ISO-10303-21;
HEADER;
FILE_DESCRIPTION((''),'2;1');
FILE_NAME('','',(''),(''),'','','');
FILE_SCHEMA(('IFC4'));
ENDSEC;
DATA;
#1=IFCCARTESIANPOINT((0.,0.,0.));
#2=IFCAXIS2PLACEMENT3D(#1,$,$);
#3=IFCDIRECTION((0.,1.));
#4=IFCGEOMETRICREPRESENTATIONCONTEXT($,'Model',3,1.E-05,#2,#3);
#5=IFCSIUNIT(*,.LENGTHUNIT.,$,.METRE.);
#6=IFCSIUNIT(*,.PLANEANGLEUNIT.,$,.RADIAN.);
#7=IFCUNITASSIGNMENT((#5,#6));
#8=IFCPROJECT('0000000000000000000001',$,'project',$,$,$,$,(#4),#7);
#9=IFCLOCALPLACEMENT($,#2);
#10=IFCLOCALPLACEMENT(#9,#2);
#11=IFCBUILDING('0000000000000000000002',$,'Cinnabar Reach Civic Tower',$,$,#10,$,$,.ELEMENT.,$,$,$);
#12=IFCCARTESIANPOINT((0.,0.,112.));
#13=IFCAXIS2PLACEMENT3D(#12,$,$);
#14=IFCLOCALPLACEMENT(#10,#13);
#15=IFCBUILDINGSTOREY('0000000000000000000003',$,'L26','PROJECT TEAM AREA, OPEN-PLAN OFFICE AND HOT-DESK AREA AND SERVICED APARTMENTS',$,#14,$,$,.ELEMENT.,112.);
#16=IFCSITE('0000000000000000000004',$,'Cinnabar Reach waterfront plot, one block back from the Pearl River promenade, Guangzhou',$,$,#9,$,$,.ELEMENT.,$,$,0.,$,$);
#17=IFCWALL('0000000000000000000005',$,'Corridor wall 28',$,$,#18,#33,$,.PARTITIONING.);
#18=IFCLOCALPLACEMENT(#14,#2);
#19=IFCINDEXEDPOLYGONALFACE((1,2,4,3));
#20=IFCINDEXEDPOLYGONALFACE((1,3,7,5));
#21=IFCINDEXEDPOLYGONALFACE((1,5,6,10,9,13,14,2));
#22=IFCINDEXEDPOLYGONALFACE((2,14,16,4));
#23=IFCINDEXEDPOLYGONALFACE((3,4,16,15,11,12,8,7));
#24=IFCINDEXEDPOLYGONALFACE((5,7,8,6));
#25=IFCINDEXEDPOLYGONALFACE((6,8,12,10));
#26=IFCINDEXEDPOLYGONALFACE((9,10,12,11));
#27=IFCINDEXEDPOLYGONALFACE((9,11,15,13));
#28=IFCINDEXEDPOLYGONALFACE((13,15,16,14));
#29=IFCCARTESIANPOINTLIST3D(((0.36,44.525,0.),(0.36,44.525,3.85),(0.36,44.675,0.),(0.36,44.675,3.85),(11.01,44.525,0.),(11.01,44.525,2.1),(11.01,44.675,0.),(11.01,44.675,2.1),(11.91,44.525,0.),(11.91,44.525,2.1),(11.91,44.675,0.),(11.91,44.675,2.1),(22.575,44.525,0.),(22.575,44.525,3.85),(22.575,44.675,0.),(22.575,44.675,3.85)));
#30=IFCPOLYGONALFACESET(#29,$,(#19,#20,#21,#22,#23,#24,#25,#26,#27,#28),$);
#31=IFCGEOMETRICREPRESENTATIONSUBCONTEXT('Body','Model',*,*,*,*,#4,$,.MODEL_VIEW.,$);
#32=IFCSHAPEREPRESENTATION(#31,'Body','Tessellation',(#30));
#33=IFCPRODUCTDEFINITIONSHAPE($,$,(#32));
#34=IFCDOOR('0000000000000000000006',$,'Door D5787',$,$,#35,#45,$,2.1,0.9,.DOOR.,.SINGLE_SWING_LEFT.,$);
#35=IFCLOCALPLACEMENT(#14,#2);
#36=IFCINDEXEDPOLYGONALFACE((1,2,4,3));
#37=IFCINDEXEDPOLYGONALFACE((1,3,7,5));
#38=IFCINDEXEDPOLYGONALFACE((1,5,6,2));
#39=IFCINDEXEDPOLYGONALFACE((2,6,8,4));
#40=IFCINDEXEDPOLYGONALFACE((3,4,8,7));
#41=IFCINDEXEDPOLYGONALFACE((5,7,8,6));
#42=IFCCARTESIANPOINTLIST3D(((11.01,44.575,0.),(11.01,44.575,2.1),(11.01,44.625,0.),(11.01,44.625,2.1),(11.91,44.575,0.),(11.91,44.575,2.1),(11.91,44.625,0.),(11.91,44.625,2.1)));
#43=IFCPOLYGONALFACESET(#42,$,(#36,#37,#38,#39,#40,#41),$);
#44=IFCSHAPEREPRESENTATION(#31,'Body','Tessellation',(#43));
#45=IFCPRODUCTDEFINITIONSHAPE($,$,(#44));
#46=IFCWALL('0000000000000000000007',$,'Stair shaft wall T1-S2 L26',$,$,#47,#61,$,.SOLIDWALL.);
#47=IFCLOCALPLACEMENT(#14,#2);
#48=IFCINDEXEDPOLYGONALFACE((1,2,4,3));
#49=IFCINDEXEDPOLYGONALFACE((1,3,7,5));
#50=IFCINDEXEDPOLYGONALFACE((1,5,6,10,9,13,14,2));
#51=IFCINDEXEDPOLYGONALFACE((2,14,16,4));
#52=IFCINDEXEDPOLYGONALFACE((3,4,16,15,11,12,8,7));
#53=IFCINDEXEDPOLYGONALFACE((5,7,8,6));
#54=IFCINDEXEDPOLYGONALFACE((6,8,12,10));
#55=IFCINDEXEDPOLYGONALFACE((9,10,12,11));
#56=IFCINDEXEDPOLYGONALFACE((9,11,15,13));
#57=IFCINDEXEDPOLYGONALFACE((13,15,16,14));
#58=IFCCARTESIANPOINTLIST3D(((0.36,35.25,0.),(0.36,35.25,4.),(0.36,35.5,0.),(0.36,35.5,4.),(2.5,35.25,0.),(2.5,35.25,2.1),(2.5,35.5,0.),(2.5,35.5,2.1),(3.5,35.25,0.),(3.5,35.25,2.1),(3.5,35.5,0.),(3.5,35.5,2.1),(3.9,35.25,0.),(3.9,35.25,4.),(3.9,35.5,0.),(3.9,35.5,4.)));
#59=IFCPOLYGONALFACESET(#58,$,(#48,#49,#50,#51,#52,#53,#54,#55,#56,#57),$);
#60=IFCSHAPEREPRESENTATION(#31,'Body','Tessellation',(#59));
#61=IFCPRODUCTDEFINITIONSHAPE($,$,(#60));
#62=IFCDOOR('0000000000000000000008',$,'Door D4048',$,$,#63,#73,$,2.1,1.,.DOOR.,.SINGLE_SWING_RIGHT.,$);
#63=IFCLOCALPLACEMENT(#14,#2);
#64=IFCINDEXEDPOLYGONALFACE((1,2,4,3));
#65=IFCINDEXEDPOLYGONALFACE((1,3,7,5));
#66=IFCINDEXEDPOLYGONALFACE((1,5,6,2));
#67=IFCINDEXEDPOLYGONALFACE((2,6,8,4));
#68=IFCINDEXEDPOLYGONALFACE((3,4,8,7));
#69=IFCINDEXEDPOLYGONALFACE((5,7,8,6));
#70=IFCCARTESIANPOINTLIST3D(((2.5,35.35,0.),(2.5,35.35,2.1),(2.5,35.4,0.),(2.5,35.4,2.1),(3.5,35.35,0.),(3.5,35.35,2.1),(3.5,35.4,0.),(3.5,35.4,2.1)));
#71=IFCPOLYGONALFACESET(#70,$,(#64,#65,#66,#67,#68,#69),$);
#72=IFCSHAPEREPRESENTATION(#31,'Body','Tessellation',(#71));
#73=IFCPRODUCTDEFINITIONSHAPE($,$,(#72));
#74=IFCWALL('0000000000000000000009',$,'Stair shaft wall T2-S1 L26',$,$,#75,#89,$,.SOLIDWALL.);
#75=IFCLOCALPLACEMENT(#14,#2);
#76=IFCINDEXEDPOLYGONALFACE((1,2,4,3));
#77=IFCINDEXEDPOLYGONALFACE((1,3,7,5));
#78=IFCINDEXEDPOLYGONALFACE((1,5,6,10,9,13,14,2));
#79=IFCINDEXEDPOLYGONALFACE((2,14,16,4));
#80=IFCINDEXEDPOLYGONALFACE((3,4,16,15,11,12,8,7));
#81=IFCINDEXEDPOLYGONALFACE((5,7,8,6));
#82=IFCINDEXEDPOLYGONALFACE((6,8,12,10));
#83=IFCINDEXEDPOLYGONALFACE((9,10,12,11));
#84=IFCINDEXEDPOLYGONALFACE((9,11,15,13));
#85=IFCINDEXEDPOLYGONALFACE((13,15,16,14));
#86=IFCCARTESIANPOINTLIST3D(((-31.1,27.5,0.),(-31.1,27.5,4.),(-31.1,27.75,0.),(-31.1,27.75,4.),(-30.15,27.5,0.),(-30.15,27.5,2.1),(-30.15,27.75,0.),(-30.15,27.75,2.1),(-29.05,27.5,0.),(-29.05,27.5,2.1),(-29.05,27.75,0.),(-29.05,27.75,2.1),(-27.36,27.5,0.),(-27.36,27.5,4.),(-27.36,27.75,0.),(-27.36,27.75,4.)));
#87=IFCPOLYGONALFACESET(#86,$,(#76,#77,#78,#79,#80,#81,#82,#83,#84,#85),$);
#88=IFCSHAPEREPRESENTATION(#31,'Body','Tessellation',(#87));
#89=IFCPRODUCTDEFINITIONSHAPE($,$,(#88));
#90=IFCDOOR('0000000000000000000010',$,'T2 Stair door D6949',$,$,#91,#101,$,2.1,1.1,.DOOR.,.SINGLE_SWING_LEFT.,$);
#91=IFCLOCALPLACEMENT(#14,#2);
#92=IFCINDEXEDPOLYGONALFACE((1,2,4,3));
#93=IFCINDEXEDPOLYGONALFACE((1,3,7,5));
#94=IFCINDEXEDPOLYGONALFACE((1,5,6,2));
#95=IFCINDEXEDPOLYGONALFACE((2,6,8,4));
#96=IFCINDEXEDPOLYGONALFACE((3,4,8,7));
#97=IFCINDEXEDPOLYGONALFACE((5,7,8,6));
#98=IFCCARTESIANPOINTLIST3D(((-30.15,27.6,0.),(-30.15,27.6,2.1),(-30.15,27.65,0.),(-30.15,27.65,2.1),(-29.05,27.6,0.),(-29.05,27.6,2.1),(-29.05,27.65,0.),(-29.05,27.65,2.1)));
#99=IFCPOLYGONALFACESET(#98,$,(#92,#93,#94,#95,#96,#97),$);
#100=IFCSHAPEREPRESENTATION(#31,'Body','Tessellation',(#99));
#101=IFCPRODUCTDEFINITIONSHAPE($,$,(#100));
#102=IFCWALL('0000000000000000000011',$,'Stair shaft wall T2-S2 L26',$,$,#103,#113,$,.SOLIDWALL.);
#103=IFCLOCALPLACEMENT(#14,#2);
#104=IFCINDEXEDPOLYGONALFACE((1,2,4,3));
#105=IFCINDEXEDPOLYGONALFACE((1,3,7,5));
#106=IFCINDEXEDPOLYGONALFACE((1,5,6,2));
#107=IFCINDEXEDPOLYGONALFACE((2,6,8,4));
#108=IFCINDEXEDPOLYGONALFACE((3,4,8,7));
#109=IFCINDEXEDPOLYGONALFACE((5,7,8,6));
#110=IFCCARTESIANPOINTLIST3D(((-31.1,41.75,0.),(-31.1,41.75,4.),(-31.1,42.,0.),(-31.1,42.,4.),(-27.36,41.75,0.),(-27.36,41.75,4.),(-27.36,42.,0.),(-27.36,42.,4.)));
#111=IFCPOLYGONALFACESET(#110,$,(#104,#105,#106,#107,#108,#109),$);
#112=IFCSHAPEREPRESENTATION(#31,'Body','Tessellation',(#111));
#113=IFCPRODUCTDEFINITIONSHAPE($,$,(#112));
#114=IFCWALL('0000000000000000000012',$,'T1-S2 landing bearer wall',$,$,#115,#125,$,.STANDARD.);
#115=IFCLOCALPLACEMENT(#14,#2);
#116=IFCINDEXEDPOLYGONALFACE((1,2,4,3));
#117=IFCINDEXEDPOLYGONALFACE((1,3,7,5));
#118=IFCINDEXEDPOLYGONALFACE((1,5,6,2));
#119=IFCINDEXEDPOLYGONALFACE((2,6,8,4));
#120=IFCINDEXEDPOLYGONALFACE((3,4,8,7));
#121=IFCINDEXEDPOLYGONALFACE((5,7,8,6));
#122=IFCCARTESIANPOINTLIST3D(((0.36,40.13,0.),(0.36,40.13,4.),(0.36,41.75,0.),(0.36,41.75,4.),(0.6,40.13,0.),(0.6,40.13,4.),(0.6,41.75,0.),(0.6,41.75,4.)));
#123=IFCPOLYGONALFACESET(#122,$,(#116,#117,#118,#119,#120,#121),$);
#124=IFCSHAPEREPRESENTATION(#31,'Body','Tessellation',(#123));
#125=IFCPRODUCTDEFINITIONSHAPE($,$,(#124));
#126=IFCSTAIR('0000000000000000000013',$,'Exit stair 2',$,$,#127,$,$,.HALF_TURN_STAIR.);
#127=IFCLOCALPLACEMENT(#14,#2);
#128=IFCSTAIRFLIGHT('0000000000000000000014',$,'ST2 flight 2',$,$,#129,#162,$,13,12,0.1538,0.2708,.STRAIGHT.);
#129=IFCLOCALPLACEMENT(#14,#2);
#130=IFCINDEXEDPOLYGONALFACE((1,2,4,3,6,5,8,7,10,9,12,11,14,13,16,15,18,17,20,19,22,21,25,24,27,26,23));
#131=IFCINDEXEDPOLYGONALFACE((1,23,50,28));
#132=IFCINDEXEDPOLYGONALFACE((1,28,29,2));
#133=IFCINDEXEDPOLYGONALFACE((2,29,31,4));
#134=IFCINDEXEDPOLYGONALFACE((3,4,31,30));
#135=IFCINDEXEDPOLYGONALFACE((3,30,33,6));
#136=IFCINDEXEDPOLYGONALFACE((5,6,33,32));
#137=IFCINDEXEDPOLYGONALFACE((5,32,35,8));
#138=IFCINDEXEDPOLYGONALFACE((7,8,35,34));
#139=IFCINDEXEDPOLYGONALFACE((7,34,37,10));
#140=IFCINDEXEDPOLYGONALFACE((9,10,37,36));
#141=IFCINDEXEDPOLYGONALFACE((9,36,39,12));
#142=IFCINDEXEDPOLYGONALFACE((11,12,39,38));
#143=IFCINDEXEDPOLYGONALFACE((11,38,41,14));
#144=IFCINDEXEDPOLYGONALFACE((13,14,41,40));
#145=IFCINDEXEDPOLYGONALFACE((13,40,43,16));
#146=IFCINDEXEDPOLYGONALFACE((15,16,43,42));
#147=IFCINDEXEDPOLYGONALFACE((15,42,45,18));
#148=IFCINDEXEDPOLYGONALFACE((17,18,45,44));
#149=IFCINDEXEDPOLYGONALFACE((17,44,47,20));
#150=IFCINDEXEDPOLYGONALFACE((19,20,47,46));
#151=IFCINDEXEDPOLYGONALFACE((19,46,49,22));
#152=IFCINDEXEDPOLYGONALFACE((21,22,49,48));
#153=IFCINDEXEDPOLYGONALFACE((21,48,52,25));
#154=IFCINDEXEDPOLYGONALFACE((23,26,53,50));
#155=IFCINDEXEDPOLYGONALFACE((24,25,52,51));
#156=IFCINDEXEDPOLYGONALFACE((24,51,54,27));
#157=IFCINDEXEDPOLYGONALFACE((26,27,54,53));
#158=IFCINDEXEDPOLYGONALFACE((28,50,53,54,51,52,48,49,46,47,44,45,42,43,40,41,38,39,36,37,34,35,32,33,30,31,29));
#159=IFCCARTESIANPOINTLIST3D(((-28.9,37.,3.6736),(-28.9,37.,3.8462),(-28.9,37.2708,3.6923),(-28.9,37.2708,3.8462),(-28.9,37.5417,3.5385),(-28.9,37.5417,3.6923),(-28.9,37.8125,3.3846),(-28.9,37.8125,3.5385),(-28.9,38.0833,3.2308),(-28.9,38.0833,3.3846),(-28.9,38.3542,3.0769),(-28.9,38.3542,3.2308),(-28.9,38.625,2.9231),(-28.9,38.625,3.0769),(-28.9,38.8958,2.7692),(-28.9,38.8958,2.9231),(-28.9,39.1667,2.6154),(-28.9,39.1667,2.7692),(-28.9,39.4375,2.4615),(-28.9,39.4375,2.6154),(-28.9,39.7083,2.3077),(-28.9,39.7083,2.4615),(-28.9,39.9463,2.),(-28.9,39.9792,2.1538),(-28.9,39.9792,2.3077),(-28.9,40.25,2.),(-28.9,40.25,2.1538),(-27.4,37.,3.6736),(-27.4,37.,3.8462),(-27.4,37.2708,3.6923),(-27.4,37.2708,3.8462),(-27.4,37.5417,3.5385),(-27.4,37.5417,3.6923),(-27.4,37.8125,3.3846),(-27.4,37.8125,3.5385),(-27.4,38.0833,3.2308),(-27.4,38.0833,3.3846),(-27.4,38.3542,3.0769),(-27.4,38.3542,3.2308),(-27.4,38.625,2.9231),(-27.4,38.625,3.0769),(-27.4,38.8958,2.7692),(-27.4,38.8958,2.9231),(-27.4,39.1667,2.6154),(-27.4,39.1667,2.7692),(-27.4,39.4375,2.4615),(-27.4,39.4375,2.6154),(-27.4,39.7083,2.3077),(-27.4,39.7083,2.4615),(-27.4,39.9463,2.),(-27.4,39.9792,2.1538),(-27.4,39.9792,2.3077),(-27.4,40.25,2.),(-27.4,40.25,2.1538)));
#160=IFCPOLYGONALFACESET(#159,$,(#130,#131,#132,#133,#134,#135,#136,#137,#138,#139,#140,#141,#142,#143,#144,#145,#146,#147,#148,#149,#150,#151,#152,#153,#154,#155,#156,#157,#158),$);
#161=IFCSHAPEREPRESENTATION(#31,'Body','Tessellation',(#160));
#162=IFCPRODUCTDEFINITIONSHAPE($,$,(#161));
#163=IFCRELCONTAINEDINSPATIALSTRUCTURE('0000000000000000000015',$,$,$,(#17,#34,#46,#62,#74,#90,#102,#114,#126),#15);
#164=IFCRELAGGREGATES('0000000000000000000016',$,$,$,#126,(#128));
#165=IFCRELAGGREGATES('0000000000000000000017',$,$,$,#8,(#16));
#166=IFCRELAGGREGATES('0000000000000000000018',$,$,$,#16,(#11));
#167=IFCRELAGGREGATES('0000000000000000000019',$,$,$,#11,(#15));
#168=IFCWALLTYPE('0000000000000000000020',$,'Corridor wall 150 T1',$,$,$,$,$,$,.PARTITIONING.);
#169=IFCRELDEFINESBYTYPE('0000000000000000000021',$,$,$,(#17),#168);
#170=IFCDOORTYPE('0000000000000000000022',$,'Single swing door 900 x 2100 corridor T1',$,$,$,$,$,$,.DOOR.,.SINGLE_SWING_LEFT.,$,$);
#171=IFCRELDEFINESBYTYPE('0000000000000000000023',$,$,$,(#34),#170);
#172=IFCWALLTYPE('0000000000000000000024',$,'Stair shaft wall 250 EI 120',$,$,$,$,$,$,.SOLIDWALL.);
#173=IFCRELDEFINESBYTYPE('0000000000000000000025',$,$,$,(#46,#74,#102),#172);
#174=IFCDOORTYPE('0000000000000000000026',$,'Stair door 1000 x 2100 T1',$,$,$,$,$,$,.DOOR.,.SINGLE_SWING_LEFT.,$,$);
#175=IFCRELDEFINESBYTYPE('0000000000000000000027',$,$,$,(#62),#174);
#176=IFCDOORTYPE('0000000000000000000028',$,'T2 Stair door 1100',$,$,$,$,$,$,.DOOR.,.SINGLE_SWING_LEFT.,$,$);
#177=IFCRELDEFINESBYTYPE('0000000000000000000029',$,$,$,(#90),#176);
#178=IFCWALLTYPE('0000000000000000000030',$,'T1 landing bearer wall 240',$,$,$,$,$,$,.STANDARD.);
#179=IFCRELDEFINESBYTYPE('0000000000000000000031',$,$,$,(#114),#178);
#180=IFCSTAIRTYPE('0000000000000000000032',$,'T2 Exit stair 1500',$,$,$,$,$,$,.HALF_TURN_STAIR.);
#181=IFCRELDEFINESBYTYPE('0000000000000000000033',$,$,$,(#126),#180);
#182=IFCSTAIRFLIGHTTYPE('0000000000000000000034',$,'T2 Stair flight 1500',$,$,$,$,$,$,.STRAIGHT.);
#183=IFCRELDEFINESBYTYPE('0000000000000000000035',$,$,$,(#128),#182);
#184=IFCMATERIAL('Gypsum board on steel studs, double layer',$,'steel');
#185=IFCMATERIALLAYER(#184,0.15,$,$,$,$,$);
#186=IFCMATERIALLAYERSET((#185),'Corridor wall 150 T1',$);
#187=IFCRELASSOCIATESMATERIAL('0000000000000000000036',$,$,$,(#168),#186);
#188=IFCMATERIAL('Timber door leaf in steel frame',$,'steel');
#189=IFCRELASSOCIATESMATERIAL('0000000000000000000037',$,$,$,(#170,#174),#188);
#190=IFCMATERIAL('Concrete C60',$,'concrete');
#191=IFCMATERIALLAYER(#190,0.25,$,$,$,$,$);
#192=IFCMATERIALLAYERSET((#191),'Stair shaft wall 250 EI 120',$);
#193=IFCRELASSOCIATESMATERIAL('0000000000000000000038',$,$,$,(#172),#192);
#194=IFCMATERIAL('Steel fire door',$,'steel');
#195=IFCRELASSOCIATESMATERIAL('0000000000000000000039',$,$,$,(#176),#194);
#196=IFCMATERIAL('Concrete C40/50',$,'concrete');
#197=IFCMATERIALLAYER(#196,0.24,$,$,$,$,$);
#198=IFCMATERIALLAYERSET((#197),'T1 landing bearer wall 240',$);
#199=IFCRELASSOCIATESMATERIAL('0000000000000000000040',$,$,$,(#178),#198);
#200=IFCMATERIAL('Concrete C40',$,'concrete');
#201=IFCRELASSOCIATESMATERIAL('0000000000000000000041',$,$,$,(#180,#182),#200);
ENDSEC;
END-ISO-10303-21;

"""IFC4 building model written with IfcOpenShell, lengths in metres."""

from ifc_helpers import new_model, si_unit, direction, frame, frame_2d, origin, place, context, subcontext, project, spatial, polyline, rectangle, outline, extrude, material, layer, layer_set, type_object, element, fill, aggregate, save


model = new_model("IFC4")

# Units and contexts
model_context = context("Model", 3, precision=1e-05, world=origin(), true_north=direction((0.0, 1.0)))
body_context = subcontext(model_context, "Body", "Model", "MODEL_VIEW")
ifc_project = project(units=[si_unit("LENGTHUNIT", "METRE"), si_unit("PLANEANGLEUNIT", "RADIAN")], contexts=[model_context])

# Site, building, storey
site_placement = place(None, origin())
site = spatial("IfcSite", under=ifc_project, at=site_placement, Name="Cinnabar Reach waterfront plot, one block back from the Pearl River promenade, Guangzhou", CompositionType="ELEMENT", RefElevation=0.0)
building_placement = place(site_placement, origin())
building = spatial("IfcBuilding", under=site, at=building_placement, Name="Cinnabar Reach Civic Tower", CompositionType="ELEMENT")
storey_placement = place(building_placement, frame((0.0, 0.0, 112.0)))
storey = spatial("IfcBuildingStorey", under=building, at=storey_placement, Name="L26", Description="PROJECT TEAM AREA, OPEN-PLAN OFFICE AND HOT-DESK AREA AND SERVICED APARTMENTS", CompositionType="ELEMENT", Elevation=112.0)

# Shared definitions
ifc_material_1 = material(Name="Concrete C60", Category="concrete")

# Shared definitions
ifc_material_2 = material(Name="Concrete C40", Category="concrete")

# Walls, openings, doors
ifc_material_3 = material(Name="Gypsum board on steel studs, double layer", Category="steel")
ifc_layer_1 = layer(ifc_material_3, 0.15)
ifc_layer_set_1 = layer_set([ifc_layer_1], Name="Corridor wall 150 T1")
wall_type_1 = type_object("IfcWallType", Name="Corridor wall 150 T1", PredefinedType="PARTITIONING", material=ifc_layer_set_1)
wall_1_placement = place(storey_placement, frame((0.36, 44.6, 0.0), z_axis=(0.0, 0.0, 1.0), x_axis=(1.0, 0.0, 0.0)))
wall_1 = element("IfcWall", 1, at=wall_1_placement, inside=storey, type_object=wall_type_1, Name="Corridor wall 28", PredefinedType="PARTITIONING", context=body_context, shape_type="SweptSolid", body=[
    extrude(rectangle(XDim=22.215, YDim=0.15, at=frame_2d((11.1075, 0.0))), origin(), (0.0, 0.0, 1.0), 3.85),
])
opening_1_placement = place(wall_1_placement, frame((10.65, 0.0, 0.0)))
opening_1 = element("IfcOpeningElement", 2, at=opening_1_placement, cuts=wall_1, PredefinedType="OPENING", context=body_context, shape_type="SweptSolid", body=[
    extrude(rectangle(XDim=0.9, YDim=2.1, at=frame_2d((0.45, 1.05))), frame((0.0, 0.085, 0.0), z_axis=(0.0, -1.0, 0.0), x_axis=(1.0, 0.0, 0.0)), (0.0, 0.0, 1.0), 0.17),
])
ifc_material_4 = material(Name="Timber door leaf in steel frame", Category="steel")
door_type_1 = type_object("IfcDoorType", Name="Single swing door 900 x 2100 corridor T1", OperationType="SINGLE_SWING_LEFT", PredefinedType="DOOR", material=ifc_material_4)
door_1_placement = place(opening_1_placement, frame((0.9, 0.0, 0.0), z_axis=(0.0, 0.0, 1.0), x_axis=(-1.0, 0.0, 0.0)))
door_1 = element("IfcDoor", 3, at=door_1_placement, inside=storey, type_object=door_type_1, Name="Door D5787", OperationType="SINGLE_SWING_LEFT", OverallHeight=2.1, OverallWidth=0.9, PredefinedType="DOOR", context=body_context, shape_type="SweptSolid", body=[
    extrude(rectangle(XDim=0.9, YDim=2.1, at=frame_2d((0.45, 1.05))), frame((0.0, 0.025, 0.0), z_axis=(0.0, -1.0, 0.0), x_axis=(1.0, 0.0, 0.0)), (0.0, 0.0, 1.0), 0.05),
])
fill(opening_1, door_1)
ifc_layer_2 = layer(ifc_material_1, 0.25)
ifc_layer_set_2 = layer_set([ifc_layer_2], Name="Stair shaft wall 250 EI 120")
wall_type_2 = type_object("IfcWallType", Name="Stair shaft wall 250 EI 120", PredefinedType="SOLIDWALL", material=ifc_layer_set_2)
wall_2_placement = place(storey_placement, frame((0.36, 35.375, 0.0), z_axis=(0.0, 0.0, 1.0), x_axis=(1.0, 0.0, 0.0)))
wall_2 = element("IfcWall", 4, at=wall_2_placement, inside=storey, type_object=wall_type_2, Name="Stair shaft wall T1-S2 L26", PredefinedType="SOLIDWALL", context=body_context, shape_type="SweptSolid", body=[
    extrude(rectangle(XDim=3.54, YDim=0.25, at=frame_2d((1.77, 0.0))), origin(), (0.0, 0.0, 1.0), 4.0),
])
opening_2_placement = place(wall_2_placement, frame((2.14, 0.0, 0.0)))
opening_2 = element("IfcOpeningElement", 5, at=opening_2_placement, cuts=wall_2, PredefinedType="OPENING", context=body_context, shape_type="SweptSolid", body=[
    extrude(rectangle(XDim=1.0, YDim=2.1, at=frame_2d((0.5, 1.05))), frame((0.0, 0.135, 0.0), z_axis=(0.0, -1.0, 0.0), x_axis=(1.0, 0.0, 0.0)), (0.0, 0.0, 1.0), 0.27),
])
door_type_2 = type_object("IfcDoorType", Name="Stair door 1000 x 2100 T1", OperationType="SINGLE_SWING_LEFT", PredefinedType="DOOR", material=ifc_material_4)
door_2_placement = place(opening_2_placement, origin())
door_2 = element("IfcDoor", 6, at=door_2_placement, inside=storey, type_object=door_type_2, Name="Door D4048", OperationType="SINGLE_SWING_RIGHT", OverallHeight=2.1, OverallWidth=1.0, PredefinedType="DOOR", context=body_context, shape_type="SweptSolid", body=[
    extrude(rectangle(XDim=1.0, YDim=2.1, at=frame_2d((0.5, 1.05))), frame((0.0, 0.025, 0.0), z_axis=(0.0, -1.0, 0.0), x_axis=(1.0, 0.0, 0.0)), (0.0, 0.0, 1.0), 0.05),
])
fill(opening_2, door_2)
wall_3_placement = place(storey_placement, frame((-27.36, 27.625, 0.0), z_axis=(0.0, 0.0, 1.0), x_axis=(-1.0, 0.0, 0.0)))
wall_3 = element("IfcWall", 7, at=wall_3_placement, inside=storey, type_object=wall_type_2, Name="Stair shaft wall T2-S1 L26", PredefinedType="SOLIDWALL", context=body_context, shape_type="SweptSolid", body=[
    extrude(rectangle(XDim=3.74, YDim=0.25, at=frame_2d((1.87, 0.0))), origin(), (0.0, 0.0, 1.0), 4.0),
])
opening_3_placement = place(wall_3_placement, frame((1.69, 0.0, 0.0)))
opening_3 = element("IfcOpeningElement", 8, at=opening_3_placement, cuts=wall_3, PredefinedType="OPENING", context=body_context, shape_type="SweptSolid", body=[
    extrude(rectangle(XDim=1.1, YDim=2.1, at=frame_2d((0.55, 1.05))), frame((0.0, 0.135, 0.0), z_axis=(0.0, -1.0, 0.0), x_axis=(1.0, 0.0, 0.0)), (0.0, 0.0, 1.0), 0.27),
])
ifc_material_5 = material(Name="Steel fire door", Category="steel")
door_type_3 = type_object("IfcDoorType", Name="T2 Stair door 1100", OperationType="SINGLE_SWING_LEFT", PredefinedType="DOOR", material=ifc_material_5)
door_3_placement = place(opening_3_placement, origin())
door_3 = element("IfcDoor", 9, at=door_3_placement, inside=storey, type_object=door_type_3, Name="T2 Stair door D6949", OperationType="SINGLE_SWING_LEFT", OverallHeight=2.1, OverallWidth=1.1, PredefinedType="DOOR", context=body_context, shape_type="SweptSolid", body=[
    extrude(rectangle(XDim=1.1, YDim=2.1, at=frame_2d((0.55, 1.05))), frame((0.0, 0.025, 0.0), z_axis=(0.0, -1.0, 0.0), x_axis=(1.0, 0.0, 0.0)), (0.0, 0.0, 1.0), 0.05),
])
fill(opening_3, door_3)

# Walls
wall_4_placement = place(storey_placement, frame((-27.36, 41.875, 0.0), z_axis=(0.0, 0.0, 1.0), x_axis=(-1.0, 0.0, 0.0)))
element("IfcWall", 10, at=wall_4_placement, inside=storey, type_object=wall_type_2, Name="Stair shaft wall T2-S2 L26", PredefinedType="SOLIDWALL", context=body_context, shape_type="SweptSolid", body=[
    extrude(rectangle(XDim=3.74, YDim=0.25, at=frame_2d((1.87, 0.0))), origin(), (0.0, 0.0, 1.0), 4.0),
])
ifc_material_6 = material(Name="Concrete C40/50", Category="concrete")
ifc_layer_3 = layer(ifc_material_6, 0.24)
ifc_layer_set_3 = layer_set([ifc_layer_3], Name="T1 landing bearer wall 240")
wall_type_3 = type_object("IfcWallType", Name="T1 landing bearer wall 240", PredefinedType="STANDARD", material=ifc_layer_set_3)
wall_5_placement = place(storey_placement, frame((0.48, 40.13, 0.0), z_axis=(0.0, 0.0, 1.0), x_axis=(0.0, 1.0, 0.0)))
element("IfcWall", 11, at=wall_5_placement, inside=storey, type_object=wall_type_3, Name="T1-S2 landing bearer wall", PredefinedType="STANDARD", context=body_context, shape_type="SweptSolid", body=[
    extrude(rectangle(XDim=1.62, YDim=0.24, at=frame_2d((0.81, 0.0))), origin(), (0.0, 0.0, 1.0), 4.0),
])

# Stair, stair flight
stair_type = type_object("IfcStairType", Name="T2 Exit stair 1500", PredefinedType="HALF_TURN_STAIR", material=ifc_material_2)
stair_placement = place(storey_placement, origin())
stair = element("IfcStair", 12, at=stair_placement, inside=storey, type_object=stair_type, Name="Exit stair 2", PredefinedType="HALF_TURN_STAIR")
stair_flight_type = type_object("IfcStairFlightType", Name="T2 Stair flight 1500", PredefinedType="STRAIGHT", material=ifc_material_2)
stair_flight_placement = place(storey_placement, frame((-28.15, 40.25, 2.0), z_axis=(0.0, 0.0, 1.0), x_axis=(0.0, -1.0, 0.0)))
stair_flight = element("IfcStairFlight", 13, at=stair_flight_placement, type_object=stair_flight_type, Name="ST2 flight 2", NumberOfRisers=13, NumberOfTreads=12, PredefinedType="STRAIGHT", RiserHeight=0.1538, TreadLength=0.2708, context=body_context, shape_type="SweptSolid", body=[
    extrude(outline(polyline([(0.0, 0.0), (0.0, 0.1538), (0.2708, 0.1538), (0.2708, 0.3077), (0.5417, 0.3077), (0.5417, 0.4615), (0.8125, 0.4615), (0.8125, 0.6154), (1.0833, 0.6154), (1.0833, 0.7692), (1.3542, 0.7692), (1.3542, 0.9231), (1.625, 0.9231), (1.625, 1.0769), (1.8958, 1.0769), (1.8958, 1.2308), (2.1667, 1.2308), (2.1667, 1.3846), (2.4375, 1.3846), (2.4375, 1.5385), (2.7083, 1.5385), (2.7083, 1.6923), (2.9792, 1.6923), (2.9792, 1.8462), (3.25, 1.8462), (3.25, 2.0), (3.25, 1.6736), (0.3037, 0.0), (0.0, 0.0)])), frame((0.0, 0.75, 0.0), z_axis=(0.0, -1.0, 0.0), x_axis=(1.0, 0.0, 0.0)), (0.0, 0.0, 1.0), 1.5),
])
aggregate(stair, [stair_flight])

save(model, "model.ifc")
